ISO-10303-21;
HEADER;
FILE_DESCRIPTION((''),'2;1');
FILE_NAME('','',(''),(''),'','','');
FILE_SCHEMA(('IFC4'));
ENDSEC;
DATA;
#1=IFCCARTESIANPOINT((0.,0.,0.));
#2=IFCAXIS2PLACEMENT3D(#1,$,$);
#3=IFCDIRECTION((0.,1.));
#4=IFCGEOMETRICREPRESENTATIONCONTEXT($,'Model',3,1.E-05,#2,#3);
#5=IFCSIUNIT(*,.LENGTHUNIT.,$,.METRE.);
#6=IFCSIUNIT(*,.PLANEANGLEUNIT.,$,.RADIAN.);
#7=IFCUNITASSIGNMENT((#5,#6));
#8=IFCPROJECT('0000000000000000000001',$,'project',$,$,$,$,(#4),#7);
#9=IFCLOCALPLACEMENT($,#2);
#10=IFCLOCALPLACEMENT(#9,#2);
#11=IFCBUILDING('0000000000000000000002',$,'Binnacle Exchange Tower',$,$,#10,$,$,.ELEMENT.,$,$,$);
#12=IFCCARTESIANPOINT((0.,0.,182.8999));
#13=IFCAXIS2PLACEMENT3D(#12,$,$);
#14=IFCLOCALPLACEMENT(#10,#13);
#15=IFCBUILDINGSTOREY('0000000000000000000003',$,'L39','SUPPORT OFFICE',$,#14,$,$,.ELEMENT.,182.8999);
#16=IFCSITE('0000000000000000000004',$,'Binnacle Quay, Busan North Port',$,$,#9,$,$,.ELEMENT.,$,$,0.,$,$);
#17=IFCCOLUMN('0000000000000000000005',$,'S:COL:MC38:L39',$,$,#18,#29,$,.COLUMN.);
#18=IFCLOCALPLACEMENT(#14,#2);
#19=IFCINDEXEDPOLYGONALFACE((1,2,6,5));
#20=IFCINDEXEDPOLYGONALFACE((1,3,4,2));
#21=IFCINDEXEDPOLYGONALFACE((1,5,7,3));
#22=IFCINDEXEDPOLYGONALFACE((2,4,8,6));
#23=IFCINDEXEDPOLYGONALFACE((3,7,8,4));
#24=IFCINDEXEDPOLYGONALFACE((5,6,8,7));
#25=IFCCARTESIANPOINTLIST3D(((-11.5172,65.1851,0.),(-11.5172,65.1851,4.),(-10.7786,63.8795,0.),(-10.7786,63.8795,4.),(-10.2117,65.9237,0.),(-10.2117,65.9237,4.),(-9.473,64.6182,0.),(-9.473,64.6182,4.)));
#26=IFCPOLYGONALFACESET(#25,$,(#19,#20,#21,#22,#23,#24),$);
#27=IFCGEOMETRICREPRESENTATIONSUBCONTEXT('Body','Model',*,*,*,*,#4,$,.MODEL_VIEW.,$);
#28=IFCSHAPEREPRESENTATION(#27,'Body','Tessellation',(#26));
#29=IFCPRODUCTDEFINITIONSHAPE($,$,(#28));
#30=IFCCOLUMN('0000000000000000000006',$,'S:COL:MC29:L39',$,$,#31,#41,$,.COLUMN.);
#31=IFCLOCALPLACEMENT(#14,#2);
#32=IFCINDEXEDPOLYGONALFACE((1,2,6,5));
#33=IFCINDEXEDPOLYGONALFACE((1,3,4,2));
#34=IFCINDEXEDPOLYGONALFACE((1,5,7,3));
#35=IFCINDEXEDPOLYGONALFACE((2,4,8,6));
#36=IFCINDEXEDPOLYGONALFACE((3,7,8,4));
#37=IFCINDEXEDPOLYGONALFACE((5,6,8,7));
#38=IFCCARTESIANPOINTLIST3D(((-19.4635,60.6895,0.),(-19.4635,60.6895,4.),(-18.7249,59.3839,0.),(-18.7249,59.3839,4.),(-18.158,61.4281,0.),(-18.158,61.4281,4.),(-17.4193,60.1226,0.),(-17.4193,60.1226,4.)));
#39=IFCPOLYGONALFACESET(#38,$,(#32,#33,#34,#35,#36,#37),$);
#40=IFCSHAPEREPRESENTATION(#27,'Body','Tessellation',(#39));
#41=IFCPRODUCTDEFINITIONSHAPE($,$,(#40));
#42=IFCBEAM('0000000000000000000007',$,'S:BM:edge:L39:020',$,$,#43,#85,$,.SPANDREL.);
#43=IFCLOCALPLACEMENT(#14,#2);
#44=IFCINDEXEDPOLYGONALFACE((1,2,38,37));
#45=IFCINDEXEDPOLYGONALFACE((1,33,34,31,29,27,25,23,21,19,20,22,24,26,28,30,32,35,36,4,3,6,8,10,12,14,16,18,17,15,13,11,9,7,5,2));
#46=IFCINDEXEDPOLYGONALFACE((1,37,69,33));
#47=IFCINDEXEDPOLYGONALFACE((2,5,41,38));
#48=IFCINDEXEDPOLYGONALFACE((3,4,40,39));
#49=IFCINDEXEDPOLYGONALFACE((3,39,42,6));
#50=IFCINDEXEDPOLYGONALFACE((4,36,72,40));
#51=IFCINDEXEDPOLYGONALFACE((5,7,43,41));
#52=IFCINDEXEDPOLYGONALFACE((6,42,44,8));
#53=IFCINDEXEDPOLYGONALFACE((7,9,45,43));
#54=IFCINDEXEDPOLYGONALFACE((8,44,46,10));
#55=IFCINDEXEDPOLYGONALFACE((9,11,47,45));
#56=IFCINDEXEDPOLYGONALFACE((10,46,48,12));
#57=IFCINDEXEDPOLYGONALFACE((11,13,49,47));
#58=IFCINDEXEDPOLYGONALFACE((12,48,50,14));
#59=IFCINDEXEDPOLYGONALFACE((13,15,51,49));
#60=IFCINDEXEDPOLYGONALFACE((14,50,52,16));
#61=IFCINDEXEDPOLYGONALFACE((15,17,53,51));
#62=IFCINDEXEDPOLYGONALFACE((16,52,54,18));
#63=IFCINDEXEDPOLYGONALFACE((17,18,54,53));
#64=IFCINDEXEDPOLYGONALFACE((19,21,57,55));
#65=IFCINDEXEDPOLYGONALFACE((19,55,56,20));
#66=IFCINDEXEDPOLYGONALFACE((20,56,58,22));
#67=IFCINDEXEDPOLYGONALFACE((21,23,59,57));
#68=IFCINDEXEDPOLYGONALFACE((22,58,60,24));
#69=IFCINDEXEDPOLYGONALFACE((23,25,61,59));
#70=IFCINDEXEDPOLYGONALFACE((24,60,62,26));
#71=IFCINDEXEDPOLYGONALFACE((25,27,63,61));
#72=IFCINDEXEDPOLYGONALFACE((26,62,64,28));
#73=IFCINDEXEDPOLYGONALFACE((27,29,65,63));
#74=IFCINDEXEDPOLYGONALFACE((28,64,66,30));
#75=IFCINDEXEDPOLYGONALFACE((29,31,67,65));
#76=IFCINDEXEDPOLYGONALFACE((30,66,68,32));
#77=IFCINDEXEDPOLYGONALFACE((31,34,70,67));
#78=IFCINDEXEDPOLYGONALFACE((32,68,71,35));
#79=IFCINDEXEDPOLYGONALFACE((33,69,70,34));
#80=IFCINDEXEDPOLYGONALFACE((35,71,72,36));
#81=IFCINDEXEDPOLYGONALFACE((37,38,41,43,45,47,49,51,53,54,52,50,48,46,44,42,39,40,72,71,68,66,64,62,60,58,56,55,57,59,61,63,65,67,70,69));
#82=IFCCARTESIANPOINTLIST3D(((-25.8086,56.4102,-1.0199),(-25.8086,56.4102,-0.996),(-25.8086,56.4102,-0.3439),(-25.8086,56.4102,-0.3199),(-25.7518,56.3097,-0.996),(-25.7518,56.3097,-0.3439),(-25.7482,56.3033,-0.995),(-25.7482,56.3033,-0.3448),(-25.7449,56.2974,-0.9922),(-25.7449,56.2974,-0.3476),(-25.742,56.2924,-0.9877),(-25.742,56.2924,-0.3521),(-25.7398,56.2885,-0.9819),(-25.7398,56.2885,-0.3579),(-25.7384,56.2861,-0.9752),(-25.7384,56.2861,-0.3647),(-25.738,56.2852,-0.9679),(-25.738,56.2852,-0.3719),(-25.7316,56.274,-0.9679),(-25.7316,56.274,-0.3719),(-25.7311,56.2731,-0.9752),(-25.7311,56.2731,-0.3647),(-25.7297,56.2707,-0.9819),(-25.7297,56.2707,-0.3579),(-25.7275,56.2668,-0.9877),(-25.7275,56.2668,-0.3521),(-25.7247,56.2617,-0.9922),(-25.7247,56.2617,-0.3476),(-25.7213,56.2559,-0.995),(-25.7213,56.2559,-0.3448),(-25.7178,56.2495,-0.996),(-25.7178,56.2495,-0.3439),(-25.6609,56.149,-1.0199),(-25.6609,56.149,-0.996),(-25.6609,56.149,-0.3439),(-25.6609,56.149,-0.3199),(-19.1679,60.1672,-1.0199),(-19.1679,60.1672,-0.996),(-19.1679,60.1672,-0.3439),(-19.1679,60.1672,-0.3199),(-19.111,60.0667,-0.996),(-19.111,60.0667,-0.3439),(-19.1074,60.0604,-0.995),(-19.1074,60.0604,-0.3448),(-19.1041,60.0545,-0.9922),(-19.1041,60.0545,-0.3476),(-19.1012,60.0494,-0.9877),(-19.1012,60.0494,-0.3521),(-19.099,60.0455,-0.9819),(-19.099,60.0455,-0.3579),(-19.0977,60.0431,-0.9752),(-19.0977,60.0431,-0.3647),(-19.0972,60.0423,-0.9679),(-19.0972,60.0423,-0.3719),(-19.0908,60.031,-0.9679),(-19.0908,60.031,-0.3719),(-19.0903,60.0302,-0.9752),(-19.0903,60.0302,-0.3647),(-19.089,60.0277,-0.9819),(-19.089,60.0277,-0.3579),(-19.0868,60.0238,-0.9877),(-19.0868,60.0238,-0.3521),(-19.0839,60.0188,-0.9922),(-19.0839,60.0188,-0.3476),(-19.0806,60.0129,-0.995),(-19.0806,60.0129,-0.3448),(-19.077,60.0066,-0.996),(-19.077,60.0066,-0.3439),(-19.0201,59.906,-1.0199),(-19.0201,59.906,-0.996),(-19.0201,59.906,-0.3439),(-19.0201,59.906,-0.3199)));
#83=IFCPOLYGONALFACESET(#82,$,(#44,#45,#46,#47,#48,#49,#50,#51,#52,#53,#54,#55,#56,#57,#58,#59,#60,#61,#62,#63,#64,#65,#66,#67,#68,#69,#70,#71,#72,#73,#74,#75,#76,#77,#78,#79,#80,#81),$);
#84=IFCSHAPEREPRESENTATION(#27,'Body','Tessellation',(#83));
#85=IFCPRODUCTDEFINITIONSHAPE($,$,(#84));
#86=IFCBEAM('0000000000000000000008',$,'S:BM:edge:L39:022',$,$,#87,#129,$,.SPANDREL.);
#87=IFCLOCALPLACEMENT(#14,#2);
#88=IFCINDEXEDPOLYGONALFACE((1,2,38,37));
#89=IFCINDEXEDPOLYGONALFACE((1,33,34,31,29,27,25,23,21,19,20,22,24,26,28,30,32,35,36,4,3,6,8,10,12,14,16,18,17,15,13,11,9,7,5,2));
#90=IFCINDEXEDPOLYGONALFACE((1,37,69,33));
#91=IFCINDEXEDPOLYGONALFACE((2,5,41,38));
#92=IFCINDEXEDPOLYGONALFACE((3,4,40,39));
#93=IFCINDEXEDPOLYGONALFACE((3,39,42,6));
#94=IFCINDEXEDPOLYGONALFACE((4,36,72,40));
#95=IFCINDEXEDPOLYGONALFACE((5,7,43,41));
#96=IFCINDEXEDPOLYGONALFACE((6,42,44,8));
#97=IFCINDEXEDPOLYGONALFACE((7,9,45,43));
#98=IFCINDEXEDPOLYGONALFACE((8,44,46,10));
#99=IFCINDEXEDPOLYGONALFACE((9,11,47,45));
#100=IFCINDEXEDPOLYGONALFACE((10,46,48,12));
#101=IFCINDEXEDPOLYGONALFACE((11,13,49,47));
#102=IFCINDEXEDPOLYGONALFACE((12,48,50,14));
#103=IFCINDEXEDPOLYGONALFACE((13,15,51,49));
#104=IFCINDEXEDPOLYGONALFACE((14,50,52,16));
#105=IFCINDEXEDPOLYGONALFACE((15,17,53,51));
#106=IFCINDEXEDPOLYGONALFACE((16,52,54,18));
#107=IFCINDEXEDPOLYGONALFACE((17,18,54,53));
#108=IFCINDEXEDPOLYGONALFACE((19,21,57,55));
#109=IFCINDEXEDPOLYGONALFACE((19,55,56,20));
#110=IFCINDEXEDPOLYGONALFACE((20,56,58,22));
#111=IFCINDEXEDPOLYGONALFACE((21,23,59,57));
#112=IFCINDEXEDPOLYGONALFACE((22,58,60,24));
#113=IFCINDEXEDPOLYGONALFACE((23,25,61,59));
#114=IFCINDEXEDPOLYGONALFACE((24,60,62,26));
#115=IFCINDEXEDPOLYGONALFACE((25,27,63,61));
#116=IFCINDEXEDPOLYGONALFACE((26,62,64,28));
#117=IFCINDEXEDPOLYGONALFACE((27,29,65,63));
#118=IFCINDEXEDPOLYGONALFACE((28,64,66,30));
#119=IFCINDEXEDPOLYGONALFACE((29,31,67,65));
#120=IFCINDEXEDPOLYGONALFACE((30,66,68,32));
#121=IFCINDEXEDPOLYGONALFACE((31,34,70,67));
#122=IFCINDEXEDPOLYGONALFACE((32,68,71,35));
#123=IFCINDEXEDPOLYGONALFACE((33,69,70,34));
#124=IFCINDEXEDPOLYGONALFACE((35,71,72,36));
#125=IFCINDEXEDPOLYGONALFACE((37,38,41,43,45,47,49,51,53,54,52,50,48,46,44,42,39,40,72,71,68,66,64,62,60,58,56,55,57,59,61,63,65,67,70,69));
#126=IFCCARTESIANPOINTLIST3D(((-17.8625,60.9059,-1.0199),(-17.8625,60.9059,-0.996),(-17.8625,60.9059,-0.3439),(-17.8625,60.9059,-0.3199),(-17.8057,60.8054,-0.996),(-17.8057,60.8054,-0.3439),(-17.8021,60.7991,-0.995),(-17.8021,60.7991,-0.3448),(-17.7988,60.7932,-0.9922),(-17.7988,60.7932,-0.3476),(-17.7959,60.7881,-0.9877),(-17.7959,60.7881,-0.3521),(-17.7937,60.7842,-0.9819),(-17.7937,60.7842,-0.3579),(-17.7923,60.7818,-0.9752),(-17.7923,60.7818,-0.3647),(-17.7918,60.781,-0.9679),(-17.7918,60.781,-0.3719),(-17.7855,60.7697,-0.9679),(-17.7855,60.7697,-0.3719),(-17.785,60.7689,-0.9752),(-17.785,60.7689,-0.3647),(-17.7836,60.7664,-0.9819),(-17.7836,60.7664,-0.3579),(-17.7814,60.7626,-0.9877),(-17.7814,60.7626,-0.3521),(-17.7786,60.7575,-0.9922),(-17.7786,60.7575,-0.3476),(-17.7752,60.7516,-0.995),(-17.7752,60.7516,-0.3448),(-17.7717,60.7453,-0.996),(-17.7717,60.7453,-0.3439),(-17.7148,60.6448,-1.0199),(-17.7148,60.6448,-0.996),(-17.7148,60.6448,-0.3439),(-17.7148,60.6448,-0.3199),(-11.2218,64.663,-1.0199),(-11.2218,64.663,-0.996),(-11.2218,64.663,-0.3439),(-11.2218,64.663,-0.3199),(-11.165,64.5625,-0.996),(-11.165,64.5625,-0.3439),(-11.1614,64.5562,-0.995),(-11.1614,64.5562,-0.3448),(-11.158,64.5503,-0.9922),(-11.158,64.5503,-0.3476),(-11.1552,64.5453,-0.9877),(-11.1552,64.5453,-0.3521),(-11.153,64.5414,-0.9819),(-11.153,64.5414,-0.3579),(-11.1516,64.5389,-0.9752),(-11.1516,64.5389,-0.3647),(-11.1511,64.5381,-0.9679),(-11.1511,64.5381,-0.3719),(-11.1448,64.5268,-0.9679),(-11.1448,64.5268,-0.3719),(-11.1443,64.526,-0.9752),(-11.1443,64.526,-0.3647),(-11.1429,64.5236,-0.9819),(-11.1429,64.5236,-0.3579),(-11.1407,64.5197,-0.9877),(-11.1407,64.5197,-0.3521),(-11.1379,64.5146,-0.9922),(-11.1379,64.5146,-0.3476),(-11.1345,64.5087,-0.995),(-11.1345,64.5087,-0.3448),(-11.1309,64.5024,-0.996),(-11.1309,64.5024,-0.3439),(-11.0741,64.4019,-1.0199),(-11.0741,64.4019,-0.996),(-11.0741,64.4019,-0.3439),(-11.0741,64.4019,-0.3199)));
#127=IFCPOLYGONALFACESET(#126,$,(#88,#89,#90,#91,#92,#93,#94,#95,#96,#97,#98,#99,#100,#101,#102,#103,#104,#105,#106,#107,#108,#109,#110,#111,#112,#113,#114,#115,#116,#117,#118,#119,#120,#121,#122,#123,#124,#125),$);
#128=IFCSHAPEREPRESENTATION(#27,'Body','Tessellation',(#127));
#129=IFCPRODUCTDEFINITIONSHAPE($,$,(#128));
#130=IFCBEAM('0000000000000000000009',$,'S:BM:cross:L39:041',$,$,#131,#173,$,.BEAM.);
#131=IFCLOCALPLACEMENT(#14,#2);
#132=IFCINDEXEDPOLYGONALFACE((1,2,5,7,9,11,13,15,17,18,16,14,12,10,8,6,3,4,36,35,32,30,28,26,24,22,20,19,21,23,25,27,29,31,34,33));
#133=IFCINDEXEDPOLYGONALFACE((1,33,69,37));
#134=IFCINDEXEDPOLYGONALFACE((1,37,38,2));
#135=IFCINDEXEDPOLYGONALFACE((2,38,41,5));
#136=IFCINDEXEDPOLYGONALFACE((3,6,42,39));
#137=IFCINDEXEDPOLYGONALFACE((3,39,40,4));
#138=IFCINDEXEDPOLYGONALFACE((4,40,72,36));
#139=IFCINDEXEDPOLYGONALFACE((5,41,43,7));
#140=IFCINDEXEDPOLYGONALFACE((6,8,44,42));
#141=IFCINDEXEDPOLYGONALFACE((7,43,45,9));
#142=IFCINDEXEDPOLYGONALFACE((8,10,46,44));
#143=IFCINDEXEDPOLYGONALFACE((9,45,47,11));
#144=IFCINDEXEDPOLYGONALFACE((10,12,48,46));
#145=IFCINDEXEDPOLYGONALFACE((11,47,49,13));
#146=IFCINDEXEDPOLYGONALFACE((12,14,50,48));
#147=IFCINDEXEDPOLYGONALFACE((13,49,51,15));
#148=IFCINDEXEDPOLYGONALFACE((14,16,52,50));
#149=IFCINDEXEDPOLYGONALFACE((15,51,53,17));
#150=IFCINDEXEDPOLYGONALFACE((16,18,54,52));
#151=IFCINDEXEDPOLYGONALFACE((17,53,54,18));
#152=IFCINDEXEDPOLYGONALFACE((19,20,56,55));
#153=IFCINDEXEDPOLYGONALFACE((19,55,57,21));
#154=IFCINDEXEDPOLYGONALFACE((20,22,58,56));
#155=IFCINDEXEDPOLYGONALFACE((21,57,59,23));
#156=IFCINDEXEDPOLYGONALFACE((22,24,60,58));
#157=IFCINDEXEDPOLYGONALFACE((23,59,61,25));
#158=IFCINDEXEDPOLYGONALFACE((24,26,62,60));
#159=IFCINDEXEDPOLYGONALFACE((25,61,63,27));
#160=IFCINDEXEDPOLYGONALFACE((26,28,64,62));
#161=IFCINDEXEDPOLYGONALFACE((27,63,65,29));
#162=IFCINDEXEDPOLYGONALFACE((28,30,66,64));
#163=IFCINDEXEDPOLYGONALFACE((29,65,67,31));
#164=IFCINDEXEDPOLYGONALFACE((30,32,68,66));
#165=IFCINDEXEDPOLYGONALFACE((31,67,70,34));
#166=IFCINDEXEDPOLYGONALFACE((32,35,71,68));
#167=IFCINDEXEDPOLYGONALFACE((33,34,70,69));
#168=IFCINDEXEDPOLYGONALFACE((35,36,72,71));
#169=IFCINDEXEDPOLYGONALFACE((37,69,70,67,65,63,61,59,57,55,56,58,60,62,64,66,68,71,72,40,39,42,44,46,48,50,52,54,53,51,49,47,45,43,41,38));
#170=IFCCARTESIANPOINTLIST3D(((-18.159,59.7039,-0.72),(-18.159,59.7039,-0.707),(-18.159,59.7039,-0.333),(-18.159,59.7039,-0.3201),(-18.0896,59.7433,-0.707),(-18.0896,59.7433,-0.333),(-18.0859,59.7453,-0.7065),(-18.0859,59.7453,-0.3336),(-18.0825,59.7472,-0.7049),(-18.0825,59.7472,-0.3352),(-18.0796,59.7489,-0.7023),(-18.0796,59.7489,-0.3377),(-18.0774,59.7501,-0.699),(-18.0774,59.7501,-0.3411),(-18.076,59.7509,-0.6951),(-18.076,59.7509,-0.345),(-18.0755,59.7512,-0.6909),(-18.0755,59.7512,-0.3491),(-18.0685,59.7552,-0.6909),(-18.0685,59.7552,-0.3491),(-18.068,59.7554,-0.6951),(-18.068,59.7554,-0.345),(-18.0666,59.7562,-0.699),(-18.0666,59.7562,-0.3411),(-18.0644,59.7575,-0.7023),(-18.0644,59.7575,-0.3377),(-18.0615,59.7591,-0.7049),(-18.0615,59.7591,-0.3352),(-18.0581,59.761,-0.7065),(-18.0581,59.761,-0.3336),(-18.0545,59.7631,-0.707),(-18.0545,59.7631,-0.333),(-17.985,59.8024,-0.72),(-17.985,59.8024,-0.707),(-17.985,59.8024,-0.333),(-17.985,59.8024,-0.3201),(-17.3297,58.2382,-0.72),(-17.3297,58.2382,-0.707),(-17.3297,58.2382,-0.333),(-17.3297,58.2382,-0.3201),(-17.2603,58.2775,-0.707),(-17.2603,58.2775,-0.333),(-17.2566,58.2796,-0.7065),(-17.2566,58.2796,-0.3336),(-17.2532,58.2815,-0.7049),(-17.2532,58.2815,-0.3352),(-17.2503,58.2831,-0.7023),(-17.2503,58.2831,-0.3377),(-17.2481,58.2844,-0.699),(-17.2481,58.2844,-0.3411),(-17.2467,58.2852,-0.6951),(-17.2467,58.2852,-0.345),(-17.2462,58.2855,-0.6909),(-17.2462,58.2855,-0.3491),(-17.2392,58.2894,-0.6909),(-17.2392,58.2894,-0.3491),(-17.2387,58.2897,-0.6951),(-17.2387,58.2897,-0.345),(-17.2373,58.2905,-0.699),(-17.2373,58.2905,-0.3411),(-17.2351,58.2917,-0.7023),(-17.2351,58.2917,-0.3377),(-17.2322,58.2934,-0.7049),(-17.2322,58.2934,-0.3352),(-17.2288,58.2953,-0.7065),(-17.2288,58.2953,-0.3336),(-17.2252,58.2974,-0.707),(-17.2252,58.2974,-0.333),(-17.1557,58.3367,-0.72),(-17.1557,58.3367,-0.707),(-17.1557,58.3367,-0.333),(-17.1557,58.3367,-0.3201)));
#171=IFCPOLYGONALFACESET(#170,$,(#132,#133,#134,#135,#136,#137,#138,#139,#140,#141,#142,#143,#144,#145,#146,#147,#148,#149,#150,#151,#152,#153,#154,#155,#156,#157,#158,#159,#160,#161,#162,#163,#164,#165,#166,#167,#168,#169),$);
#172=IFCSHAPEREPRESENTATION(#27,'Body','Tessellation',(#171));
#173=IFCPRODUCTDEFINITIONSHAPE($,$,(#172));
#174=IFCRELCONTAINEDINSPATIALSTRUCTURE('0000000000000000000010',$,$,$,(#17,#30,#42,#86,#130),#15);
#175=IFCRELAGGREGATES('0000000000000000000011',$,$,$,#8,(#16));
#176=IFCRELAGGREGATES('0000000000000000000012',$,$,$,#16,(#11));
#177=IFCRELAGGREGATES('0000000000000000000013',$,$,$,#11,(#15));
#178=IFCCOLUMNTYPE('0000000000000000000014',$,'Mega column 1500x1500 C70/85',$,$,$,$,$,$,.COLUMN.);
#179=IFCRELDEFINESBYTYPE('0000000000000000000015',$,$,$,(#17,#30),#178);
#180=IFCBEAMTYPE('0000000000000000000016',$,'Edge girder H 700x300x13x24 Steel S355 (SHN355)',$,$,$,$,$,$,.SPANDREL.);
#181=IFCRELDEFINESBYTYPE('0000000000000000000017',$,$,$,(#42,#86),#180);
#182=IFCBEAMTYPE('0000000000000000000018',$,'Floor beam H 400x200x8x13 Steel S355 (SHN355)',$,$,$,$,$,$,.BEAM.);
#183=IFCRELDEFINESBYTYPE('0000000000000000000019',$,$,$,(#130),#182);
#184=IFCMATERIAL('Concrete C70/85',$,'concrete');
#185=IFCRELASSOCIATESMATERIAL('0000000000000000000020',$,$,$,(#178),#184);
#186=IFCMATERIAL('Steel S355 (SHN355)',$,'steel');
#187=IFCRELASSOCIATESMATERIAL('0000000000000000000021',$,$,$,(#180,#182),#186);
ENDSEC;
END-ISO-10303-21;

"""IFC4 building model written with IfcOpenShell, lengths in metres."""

from ifc_helpers import new_model, si_unit, direction, frame, origin, origin_2d, place, context, subcontext, project, spatial, rectangle, i_section, extrude, material, material_profile, profile_set, type_object, element, save


model = new_model("IFC4")

# Units and contexts
model_context = context("Model", 3, precision=1e-05, world=origin(), true_north=direction((0.0, 1.0)))
body_context = subcontext(model_context, "Body", "Model", "MODEL_VIEW")
ifc_project = project(units=[si_unit("LENGTHUNIT", "METRE"), si_unit("PLANEANGLEUNIT", "RADIAN")], contexts=[model_context])

# Site, building, storey
site_placement = place(None, origin())
site = spatial("IfcSite", under=ifc_project, at=site_placement, Name="Binnacle Quay, Busan North Port", CompositionType="ELEMENT", RefElevation=0.0)
building_placement = place(site_placement, origin())
building = spatial("IfcBuilding", under=site, at=building_placement, Name="Binnacle Exchange Tower", CompositionType="ELEMENT")
storey_placement = place(building_placement, frame((0.0, 0.0, 182.8999)))
storey = spatial("IfcBuildingStorey", under=building, at=storey_placement, Name="L39", Description="SUPPORT OFFICE", CompositionType="ELEMENT", Elevation=182.8999)

# Columns
ifc_material_1 = material(Name="Concrete C70/85", Category="concrete")
ifc_material_profile_1 = material_profile(ifc_material_1, rectangle(XDim=1.5, YDim=1.5, at=origin_2d()), Name="Mega column 1500x1500 C70/85")
ifc_profile_set_1 = profile_set([ifc_material_profile_1], Name="Concrete C70/85")
column_type = type_object("IfcColumnType", Name="Mega column 1500x1500 C70/85", PredefinedType="COLUMN", material=ifc_profile_set_1)
for number, where, z_axis, x_axis, name in (
    (1, (-10.4951, 64.9016, 0.0), (0.0, 0.0, 1.0), (-0.870356, -0.492424, 0.0), "S:COL:MC38:L39"),
    (2, (-18.4414, 60.406, 0.0), (0.0, 0.0, 1.0), (-0.870356, -0.492424, 0.0), "S:COL:MC29:L39"),
):
    element("IfcColumn", number, at=place(storey_placement, frame(where, z_axis=z_axis, x_axis=x_axis)), inside=storey, type_object=column_type, Name=name, PredefinedType="COLUMN", context=body_context, shape_type="SweptSolid", body=[
        extrude(rectangle(XDim=1.5, YDim=1.5, at=origin_2d()), origin(), (0.0, 0.0, 1.0), 4.0),
    ])

# Beams
ifc_material_2 = material(Name="Steel S355 (SHN355)", Category="steel")
ifc_material_profile_2 = material_profile(ifc_material_2, i_section(OverallWidth=0.3, OverallDepth=0.7, WebThickness=0.0129, FlangeThickness=0.0239, FilletRadius=0.0281, at=origin_2d()), Name="H 700x300x13x24")
ifc_profile_set_2 = profile_set([ifc_material_profile_2], Name="Steel S355 (SHN355)")
beam_type_1 = type_object("IfcBeamType", Name="Edge girder H 700x300x13x24 Steel S355 (SHN355)", PredefinedType="SPANDREL", material=ifc_profile_set_2)
for number, where, z_axis, x_axis, name in (
    (3, (-19.094, 60.0366, -0.6699), (-0.870364, -0.492409, 0.0), (0.492409, -0.870364, 0.0), "S:BM:edge:L39:020"),
    (4, (-11.1479, 64.5325, -0.6699), (-0.870356, -0.492423, 0.0), (0.492423, -0.870356, 0.0), "S:BM:edge:L39:022"),
):
    element("IfcBeam", number, at=place(storey_placement, frame(where, z_axis=z_axis, x_axis=x_axis)), inside=storey, type_object=beam_type_1, Name=name, PredefinedType="SPANDREL", context=body_context, shape_type="SweptSolid", body=[
        extrude(i_section(OverallWidth=0.3, OverallDepth=0.7, WebThickness=0.0129, FlangeThickness=0.0239, FilletRadius=0.0281, at=origin_2d()), origin(), (0.0, 0.0, 1.0), 7.6299),
    ])
ifc_material_profile_3 = material_profile(ifc_material_2, i_section(OverallWidth=0.2, OverallDepth=0.3999, WebThickness=0.0081, FlangeThickness=0.0129, FilletRadius=0.0161, at=origin_2d()), Name="H 400x200x8x13")
ifc_profile_set_3 = profile_set([ifc_material_profile_3], Name="Steel S355 (SHN355)")
beam_type_2 = type_object("IfcBeamType", Name="Floor beam H 400x200x8x13 Steel S355 (SHN355)", PredefinedType="BEAM", material=ifc_profile_set_3)
beam_1_placement = place(storey_placement, frame((-18.072, 59.7532, -0.52), z_axis=(0.492435, -0.870349, 0.0), x_axis=(0.870349, 0.492435, 0.0)))
element("IfcBeam", 5, at=beam_1_placement, inside=storey, type_object=beam_type_2, Name="S:BM:cross:L39:041", PredefinedType="BEAM", context=body_context, shape_type="SweptSolid", body=[
    extrude(i_section(OverallWidth=0.2, OverallDepth=0.3999, WebThickness=0.0081, FlangeThickness=0.0129, FilletRadius=0.0161, at=origin_2d()), origin(), (0.0, 0.0, 1.0), 1.6841),
])

save(model, "model.ifc")
